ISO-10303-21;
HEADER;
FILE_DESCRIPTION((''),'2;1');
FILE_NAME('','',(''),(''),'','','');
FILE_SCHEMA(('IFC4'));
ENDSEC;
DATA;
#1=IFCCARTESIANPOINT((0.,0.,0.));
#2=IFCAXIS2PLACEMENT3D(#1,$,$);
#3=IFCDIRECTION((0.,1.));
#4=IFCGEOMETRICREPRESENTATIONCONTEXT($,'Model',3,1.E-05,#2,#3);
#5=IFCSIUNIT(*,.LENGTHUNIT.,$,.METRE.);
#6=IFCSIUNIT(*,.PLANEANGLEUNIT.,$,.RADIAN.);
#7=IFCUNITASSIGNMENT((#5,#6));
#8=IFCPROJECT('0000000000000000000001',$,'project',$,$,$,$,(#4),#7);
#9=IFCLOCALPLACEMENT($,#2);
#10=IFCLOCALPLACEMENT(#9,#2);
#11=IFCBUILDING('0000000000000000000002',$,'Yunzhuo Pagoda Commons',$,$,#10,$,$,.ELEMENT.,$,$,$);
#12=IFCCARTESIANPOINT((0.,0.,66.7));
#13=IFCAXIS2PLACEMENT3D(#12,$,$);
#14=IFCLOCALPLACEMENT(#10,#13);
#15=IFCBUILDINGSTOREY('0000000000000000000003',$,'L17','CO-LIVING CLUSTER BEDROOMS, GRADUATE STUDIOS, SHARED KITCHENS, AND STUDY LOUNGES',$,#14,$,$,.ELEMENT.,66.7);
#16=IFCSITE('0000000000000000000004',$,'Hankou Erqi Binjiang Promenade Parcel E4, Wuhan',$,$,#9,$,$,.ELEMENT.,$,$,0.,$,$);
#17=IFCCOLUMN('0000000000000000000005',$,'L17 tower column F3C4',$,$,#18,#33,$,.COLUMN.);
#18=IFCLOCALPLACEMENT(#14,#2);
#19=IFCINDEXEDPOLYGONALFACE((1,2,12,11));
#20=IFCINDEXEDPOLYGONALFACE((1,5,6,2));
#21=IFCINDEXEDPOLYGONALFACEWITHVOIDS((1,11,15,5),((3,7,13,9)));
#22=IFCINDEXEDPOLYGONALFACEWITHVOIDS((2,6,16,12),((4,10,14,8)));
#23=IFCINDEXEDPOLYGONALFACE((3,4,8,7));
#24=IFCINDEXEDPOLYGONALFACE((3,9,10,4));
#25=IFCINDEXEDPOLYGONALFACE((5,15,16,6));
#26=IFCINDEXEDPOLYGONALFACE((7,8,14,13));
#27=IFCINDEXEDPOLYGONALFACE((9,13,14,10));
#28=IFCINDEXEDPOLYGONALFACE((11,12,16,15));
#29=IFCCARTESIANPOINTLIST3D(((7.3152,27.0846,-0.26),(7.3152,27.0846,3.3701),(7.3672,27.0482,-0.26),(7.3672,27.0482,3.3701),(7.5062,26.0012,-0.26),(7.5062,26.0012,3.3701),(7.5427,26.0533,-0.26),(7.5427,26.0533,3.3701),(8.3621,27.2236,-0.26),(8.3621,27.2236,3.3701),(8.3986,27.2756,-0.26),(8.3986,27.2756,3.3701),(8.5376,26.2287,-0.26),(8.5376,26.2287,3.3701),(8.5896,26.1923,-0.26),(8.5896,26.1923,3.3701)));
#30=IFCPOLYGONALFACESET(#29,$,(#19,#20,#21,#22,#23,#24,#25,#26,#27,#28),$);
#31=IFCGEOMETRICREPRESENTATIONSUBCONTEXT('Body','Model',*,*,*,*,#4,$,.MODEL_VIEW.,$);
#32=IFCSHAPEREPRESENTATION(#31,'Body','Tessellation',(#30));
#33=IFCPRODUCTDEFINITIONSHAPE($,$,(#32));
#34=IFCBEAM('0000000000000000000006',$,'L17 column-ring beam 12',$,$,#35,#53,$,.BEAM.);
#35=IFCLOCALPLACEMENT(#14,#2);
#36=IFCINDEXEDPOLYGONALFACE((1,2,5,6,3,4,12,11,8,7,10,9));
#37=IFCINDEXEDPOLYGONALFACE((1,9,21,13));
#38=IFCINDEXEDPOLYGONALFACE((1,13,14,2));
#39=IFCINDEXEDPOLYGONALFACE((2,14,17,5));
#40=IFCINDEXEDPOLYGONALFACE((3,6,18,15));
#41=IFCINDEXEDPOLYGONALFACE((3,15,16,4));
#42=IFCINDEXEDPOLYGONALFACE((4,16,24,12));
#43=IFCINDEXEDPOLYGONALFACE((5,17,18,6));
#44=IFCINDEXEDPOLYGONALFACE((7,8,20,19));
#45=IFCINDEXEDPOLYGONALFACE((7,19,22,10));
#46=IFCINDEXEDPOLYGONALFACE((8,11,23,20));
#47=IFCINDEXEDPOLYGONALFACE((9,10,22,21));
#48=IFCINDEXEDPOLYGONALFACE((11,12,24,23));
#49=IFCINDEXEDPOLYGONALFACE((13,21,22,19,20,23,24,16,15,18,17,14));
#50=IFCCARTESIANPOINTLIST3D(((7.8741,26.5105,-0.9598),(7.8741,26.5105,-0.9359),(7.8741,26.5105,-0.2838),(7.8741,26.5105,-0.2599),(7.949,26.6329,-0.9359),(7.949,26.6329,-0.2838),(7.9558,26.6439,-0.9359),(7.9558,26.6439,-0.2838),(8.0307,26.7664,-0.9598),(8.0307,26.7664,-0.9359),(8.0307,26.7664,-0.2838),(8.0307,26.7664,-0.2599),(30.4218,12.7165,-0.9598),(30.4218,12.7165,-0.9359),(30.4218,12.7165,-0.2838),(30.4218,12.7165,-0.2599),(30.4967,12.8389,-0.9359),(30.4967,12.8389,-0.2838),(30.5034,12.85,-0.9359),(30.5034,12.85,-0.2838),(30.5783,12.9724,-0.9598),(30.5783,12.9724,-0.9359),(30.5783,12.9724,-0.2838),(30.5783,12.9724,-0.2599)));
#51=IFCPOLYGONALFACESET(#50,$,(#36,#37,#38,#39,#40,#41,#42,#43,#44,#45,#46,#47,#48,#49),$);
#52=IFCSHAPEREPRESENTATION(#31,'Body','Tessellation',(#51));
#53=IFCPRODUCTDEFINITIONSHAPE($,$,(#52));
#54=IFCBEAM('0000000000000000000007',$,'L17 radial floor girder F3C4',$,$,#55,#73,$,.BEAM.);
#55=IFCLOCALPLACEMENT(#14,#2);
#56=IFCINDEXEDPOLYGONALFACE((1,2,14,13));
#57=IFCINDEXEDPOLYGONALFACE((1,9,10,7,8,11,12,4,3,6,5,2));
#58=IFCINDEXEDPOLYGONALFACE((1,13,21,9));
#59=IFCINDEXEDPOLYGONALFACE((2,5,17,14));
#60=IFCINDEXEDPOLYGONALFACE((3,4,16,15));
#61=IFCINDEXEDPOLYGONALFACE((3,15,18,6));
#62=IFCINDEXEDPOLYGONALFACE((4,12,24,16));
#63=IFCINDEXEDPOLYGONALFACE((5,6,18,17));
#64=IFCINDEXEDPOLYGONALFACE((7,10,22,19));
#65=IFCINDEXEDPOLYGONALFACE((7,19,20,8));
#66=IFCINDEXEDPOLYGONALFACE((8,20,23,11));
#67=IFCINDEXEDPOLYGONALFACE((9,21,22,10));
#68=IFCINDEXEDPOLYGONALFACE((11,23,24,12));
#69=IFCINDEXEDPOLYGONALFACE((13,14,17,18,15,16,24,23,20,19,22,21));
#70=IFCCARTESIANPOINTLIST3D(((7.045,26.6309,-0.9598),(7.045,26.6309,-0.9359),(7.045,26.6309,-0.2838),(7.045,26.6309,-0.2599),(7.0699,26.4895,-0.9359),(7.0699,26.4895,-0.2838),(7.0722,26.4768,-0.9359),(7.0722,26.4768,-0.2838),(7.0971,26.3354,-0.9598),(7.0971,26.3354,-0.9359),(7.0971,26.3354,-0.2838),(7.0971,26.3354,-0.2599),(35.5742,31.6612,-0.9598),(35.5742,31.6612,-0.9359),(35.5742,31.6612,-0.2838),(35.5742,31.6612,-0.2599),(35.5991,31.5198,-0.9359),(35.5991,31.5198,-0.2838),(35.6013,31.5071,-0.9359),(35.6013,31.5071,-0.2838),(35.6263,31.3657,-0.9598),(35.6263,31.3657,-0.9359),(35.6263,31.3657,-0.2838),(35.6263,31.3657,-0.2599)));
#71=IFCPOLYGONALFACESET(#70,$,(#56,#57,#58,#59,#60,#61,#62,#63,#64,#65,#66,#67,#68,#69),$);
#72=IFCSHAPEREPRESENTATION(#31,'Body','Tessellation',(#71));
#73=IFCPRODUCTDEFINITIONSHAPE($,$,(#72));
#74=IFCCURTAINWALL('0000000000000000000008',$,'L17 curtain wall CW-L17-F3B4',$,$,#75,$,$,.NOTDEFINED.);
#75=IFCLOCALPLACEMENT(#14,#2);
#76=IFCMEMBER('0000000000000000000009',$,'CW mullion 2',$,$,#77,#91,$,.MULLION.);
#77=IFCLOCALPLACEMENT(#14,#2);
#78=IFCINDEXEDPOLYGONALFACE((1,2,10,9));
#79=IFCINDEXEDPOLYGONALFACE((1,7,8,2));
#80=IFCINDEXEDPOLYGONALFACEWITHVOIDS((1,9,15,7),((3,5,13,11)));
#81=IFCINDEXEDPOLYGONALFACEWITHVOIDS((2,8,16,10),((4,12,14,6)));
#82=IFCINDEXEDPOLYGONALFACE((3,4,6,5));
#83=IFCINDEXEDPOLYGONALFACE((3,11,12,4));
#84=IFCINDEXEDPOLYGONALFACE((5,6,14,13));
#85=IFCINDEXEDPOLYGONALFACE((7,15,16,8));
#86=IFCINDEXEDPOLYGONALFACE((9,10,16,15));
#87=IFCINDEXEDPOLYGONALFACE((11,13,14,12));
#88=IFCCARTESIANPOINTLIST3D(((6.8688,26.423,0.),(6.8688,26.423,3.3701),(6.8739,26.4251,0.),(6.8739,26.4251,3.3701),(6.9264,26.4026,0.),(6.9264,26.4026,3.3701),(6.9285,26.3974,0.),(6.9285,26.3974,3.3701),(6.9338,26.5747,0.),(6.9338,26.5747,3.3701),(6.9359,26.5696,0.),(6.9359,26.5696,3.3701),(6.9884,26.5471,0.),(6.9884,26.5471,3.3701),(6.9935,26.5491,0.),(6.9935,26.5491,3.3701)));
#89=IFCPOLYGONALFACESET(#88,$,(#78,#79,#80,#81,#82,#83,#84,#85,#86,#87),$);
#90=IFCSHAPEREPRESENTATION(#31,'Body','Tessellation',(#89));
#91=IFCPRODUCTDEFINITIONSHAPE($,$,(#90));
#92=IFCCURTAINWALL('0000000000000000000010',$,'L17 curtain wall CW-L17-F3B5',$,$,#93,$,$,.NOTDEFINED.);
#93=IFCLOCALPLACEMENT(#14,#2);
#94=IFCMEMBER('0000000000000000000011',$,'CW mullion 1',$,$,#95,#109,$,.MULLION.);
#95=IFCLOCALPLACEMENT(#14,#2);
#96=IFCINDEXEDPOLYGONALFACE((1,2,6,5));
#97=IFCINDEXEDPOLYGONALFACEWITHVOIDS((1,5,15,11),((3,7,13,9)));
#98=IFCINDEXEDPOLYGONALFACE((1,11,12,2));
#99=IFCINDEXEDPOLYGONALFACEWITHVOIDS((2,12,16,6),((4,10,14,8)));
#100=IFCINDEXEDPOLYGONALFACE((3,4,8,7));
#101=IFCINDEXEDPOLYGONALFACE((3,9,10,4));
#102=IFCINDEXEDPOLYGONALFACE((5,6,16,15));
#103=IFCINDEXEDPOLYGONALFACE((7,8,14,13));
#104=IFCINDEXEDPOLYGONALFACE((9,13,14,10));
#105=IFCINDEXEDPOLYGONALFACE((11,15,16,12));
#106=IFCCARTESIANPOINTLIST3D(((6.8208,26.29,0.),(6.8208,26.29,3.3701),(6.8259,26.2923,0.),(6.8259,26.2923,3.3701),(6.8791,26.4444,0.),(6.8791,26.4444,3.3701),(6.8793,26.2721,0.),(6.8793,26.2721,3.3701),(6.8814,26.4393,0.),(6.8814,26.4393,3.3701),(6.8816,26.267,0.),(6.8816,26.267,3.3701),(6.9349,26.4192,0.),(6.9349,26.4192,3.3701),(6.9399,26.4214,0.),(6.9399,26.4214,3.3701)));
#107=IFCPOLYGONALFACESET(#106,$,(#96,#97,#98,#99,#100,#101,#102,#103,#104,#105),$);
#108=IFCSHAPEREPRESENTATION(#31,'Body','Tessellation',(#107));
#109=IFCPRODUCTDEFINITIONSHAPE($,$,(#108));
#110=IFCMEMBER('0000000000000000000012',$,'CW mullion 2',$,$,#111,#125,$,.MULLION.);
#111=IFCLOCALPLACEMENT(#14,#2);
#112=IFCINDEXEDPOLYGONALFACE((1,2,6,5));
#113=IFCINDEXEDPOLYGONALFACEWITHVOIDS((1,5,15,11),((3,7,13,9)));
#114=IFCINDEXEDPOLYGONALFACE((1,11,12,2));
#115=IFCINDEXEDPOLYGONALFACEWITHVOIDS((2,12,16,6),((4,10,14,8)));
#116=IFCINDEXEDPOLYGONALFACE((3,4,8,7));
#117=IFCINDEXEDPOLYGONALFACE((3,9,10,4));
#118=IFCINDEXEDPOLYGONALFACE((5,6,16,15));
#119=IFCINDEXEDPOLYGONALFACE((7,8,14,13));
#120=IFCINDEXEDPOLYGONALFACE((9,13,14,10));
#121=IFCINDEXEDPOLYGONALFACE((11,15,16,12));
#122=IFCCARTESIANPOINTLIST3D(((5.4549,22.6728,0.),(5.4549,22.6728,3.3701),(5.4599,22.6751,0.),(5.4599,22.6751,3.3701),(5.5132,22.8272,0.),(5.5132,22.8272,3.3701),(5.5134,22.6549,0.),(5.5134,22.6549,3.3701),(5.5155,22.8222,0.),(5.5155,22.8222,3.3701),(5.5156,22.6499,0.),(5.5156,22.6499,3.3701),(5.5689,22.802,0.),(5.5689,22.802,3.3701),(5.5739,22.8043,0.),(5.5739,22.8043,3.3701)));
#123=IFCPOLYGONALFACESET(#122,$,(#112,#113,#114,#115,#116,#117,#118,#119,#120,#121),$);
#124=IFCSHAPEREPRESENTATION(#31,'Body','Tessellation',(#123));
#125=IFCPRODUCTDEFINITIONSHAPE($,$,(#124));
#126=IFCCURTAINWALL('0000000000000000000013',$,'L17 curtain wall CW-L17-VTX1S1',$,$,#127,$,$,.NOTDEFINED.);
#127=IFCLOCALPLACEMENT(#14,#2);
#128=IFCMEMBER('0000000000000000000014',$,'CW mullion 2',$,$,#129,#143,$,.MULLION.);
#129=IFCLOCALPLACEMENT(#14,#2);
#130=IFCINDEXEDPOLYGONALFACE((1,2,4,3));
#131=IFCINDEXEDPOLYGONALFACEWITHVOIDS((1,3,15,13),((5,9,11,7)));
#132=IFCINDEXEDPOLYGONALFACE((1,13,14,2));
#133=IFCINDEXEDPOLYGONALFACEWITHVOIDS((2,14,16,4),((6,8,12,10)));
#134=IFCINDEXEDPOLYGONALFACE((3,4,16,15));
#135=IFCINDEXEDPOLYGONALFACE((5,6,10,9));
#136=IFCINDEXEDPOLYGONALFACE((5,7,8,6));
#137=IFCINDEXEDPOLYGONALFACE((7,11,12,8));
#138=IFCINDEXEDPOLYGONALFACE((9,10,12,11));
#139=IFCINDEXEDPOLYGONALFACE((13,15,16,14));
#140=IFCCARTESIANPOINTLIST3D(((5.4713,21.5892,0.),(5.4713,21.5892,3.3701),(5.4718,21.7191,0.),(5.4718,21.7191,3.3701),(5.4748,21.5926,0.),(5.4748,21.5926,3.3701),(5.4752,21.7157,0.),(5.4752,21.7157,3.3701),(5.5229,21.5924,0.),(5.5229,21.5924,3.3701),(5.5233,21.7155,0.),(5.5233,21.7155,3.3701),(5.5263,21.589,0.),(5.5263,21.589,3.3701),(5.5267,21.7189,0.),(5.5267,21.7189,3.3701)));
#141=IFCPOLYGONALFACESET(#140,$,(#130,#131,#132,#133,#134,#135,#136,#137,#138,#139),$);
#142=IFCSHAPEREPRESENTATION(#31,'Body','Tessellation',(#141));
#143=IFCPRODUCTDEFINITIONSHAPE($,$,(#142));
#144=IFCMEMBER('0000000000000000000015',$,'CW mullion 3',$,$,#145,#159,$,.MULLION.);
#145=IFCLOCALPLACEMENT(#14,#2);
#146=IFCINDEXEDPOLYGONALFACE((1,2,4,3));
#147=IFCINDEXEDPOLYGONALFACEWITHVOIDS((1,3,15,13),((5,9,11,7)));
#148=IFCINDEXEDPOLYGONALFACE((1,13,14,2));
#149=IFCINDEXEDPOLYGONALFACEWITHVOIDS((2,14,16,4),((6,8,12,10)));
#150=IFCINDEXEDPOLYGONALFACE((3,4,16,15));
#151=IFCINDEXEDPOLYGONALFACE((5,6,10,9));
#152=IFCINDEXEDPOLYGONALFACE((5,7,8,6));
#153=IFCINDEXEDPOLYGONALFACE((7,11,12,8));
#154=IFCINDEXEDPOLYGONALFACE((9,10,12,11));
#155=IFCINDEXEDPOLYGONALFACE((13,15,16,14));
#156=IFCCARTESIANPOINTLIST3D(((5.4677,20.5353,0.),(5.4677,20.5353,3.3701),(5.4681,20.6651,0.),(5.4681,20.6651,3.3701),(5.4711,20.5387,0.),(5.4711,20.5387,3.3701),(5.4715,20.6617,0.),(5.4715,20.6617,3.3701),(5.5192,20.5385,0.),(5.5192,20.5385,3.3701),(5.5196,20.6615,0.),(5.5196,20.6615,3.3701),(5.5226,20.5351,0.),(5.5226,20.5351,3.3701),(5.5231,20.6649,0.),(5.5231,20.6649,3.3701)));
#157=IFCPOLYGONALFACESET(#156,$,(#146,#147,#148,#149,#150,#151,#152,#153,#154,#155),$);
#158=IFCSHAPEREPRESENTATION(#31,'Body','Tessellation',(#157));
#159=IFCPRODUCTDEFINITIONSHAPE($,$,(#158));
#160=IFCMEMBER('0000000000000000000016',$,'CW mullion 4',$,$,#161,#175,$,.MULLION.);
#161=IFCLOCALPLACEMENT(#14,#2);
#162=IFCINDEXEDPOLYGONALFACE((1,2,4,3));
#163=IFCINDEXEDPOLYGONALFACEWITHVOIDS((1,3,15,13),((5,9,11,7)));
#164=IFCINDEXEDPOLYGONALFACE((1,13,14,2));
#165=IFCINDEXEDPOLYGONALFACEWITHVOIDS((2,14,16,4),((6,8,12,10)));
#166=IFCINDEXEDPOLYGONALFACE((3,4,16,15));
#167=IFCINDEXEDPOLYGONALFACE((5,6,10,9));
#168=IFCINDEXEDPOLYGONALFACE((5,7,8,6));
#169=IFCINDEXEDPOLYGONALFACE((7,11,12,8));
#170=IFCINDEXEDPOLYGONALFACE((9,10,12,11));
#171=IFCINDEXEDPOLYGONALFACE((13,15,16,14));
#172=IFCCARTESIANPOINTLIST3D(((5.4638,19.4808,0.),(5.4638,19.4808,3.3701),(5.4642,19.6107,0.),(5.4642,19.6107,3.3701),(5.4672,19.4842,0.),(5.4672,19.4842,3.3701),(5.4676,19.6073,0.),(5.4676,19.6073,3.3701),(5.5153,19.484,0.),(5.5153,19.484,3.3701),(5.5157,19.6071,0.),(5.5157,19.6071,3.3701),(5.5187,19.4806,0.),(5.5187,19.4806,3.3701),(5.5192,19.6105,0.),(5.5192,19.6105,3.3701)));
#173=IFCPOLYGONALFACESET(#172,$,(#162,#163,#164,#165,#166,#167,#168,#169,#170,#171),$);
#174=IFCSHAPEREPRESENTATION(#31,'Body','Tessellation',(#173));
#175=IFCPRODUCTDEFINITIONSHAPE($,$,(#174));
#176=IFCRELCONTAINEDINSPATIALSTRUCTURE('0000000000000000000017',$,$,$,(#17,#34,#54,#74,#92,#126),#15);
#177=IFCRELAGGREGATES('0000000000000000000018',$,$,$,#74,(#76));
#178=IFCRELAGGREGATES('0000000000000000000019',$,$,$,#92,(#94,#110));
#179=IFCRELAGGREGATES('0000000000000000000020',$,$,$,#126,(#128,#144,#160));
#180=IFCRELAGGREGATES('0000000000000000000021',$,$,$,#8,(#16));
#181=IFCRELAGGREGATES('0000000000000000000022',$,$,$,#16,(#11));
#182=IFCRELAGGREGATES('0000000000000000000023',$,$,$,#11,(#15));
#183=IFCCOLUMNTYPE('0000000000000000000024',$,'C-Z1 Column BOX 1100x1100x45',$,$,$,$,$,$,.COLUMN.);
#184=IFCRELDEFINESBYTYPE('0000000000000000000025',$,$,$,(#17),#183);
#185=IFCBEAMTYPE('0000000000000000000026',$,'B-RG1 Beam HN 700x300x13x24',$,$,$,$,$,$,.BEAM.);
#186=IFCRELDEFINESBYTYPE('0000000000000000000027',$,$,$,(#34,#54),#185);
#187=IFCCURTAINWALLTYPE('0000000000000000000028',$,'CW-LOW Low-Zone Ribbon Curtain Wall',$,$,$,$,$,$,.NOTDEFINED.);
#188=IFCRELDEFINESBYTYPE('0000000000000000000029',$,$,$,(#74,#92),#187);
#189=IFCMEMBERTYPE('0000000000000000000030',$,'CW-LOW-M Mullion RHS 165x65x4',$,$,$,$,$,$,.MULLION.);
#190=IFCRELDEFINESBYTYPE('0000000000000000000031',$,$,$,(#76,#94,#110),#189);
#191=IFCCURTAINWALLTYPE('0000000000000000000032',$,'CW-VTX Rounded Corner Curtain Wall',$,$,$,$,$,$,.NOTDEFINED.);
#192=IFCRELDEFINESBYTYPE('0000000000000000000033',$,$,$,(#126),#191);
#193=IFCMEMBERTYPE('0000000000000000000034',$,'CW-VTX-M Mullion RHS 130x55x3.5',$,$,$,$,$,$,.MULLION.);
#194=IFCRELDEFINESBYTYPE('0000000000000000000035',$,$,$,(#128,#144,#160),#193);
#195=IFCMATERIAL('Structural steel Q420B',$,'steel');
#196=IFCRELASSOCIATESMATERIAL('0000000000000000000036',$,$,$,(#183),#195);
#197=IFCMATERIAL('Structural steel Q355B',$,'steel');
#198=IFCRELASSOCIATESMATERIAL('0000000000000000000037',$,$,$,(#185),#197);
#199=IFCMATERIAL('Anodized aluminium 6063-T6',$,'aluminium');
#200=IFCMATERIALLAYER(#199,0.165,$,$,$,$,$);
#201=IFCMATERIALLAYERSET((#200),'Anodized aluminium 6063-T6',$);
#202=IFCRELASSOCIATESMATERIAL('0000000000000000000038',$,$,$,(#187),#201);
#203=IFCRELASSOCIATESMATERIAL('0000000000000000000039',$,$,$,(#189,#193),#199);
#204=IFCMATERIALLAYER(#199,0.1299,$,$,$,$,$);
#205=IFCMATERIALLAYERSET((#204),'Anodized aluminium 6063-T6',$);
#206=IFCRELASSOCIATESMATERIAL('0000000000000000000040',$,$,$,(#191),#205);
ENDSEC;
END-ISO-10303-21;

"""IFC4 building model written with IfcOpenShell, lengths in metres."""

from ifc_helpers import new_model, si_unit, direction, frame, origin, origin_2d, place, context, subcontext, project, spatial, hollow_rectangle, i_section, extrude, source, transform, mapped, material, layer, layer_set, material_profile, profile_set, type_object, element, aggregate, save


model = new_model("IFC4")

# Units and contexts
model_context = context("Model", 3, precision=1e-05, world=origin(), true_north=direction((0.0, 1.0)))
body_context = subcontext(model_context, "Body", "Model", "MODEL_VIEW")
ifc_project = project(units=[si_unit("LENGTHUNIT", "METRE"), si_unit("PLANEANGLEUNIT", "RADIAN")], contexts=[model_context])

# Site, building, storey
site_placement = place(None, origin())
site = spatial("IfcSite", under=ifc_project, at=site_placement, Name="Hankou Erqi Binjiang Promenade Parcel E4, Wuhan", CompositionType="ELEMENT", RefElevation=0.0)
building_placement = place(site_placement, origin())
building = spatial("IfcBuilding", under=site, at=building_placement, Name="Yunzhuo Pagoda Commons", CompositionType="ELEMENT")
storey_placement = place(building_placement, frame((0.0, 0.0, 66.7)))
storey = spatial("IfcBuildingStorey", under=building, at=storey_placement, Name="L17", Description="CO-LIVING CLUSTER BEDROOMS, GRADUATE STUDIOS, SHARED KITCHENS, AND STUDY LOUNGES", CompositionType="ELEMENT", Elevation=66.7)

# Column
ifc_material_1 = material(Name="Structural steel Q420B", Category="steel")
ifc_material_profile_1 = material_profile(ifc_material_1, hollow_rectangle(XDim=1.1001, YDim=1.1001, WallThickness=0.0449, at=origin_2d()), Name="Structural steel Q420B")
ifc_profile_set_1 = profile_set([ifc_material_profile_1], Name="Structural steel Q420B")
column_type = type_object("IfcColumnType", Name="C-Z1 Column BOX 1100x1100x45", PredefinedType="COLUMN", material=ifc_profile_set_1)
shared_shape_1 = source(origin(), body_context, "Body", "SweptSolid", [
    extrude(hollow_rectangle(XDim=1.1001, YDim=1.1001, WallThickness=0.0449, at=origin_2d()), origin(), (0.0, 0.0, 1.0), 3.6301),
])
column_placement = place(storey_placement, frame((7.9524, 26.6384, -0.26), z_axis=(0.0, 0.0, 1.0), x_axis=(0.173648, -0.984808, 0.0)))
element("IfcColumn", 1, at=column_placement, inside=storey, type_object=column_type, Name="L17 tower column F3C4", PredefinedType="COLUMN", context=body_context, shape_type="MappedRepresentation", body=[
    mapped(shared_shape_1, transform((0.0, 0.0, 0.0), scale=1.0)),
])

# Beams
ifc_material_2 = material(Name="Structural steel Q355B", Category="steel")
ifc_material_profile_2 = material_profile(ifc_material_2, i_section(OverallWidth=0.3, OverallDepth=0.7, WebThickness=0.0129, FlangeThickness=0.0239, at=origin_2d()), Name="Structural steel Q355B")
ifc_profile_set_2 = profile_set([ifc_material_profile_2], Name="Structural steel Q355B")
beam_type = type_object("IfcBeamType", Name="B-RG1 Beam HN 700x300x13x24", PredefinedType="BEAM", material=ifc_profile_set_2)
shared_shape_2 = source(origin(), body_context, "Body", "SweptSolid", [
    extrude(i_section(OverallWidth=0.3, OverallDepth=0.7, WebThickness=0.0129, FlangeThickness=0.0239, at=origin_2d()), origin(), (0.0, 0.0, 1.0), 26.4324),
])
beam_1_placement = place(storey_placement, frame((7.9524, 26.6384, -0.6099), z_axis=(0.853032, -0.521859, 0.0), x_axis=(0.521859, 0.853032, 0.0)))
element("IfcBeam", 2, at=beam_1_placement, inside=storey, type_object=beam_type, Name="L17 column-ring beam 12", PredefinedType="BEAM", context=body_context, shape_type="MappedRepresentation", body=[
    mapped(shared_shape_2, transform((0.0, 0.0, 0.0), scale=1.0)),
])
shared_shape_3 = source(origin(), body_context, "Body", "SweptSolid", [
    extrude(i_section(OverallWidth=0.3, OverallDepth=0.7, WebThickness=0.0129, FlangeThickness=0.0239, at=origin_2d()), origin(), (0.0, 0.0, 1.0), 28.9692),
])
beam_2_placement = place(storey_placement, frame((7.071, 26.4832, -0.6099), z_axis=(0.984809, 0.173643, 0.0), x_axis=(-0.173643, 0.984809, 0.0)))
element("IfcBeam", 3, at=beam_2_placement, inside=storey, type_object=beam_type, Name="L17 radial floor girder F3C4", PredefinedType="BEAM", context=body_context, shape_type="MappedRepresentation", body=[
    mapped(shared_shape_3, transform((0.0, 0.0, 0.0), scale=1.0)),
])

# Curtain wall, member
ifc_material_3 = material(Name="Anodized aluminium 6063-T6", Category="aluminium")
ifc_layer_1 = layer(ifc_material_3, 0.165)
ifc_layer_set_1 = layer_set([ifc_layer_1], Name="Anodized aluminium 6063-T6")
curtain_wall_type_1 = type_object("IfcCurtainWallType", Name="CW-LOW Low-Zone Ribbon Curtain Wall", PredefinedType="NOTDEFINED", material=ifc_layer_set_1)
curtain_wall_1_placement = place(storey_placement, origin())
curtain_wall_1 = element("IfcCurtainWall", 4, at=curtain_wall_1_placement, inside=storey, type_object=curtain_wall_type_1, Name="L17 curtain wall CW-L17-F3B4", PredefinedType="NOTDEFINED")
ifc_material_profile_3 = material_profile(ifc_material_3, hollow_rectangle(XDim=0.0649, YDim=0.165, WallThickness=0.0039, at=origin_2d()), Name="Anodized aluminium 6063-T6")
ifc_profile_set_3 = profile_set([ifc_material_profile_3], Name="Anodized aluminium 6063-T6")
member_type_1 = type_object("IfcMemberType", Name="CW-LOW-M Mullion RHS 165x65x4", PredefinedType="MULLION", material=ifc_profile_set_3)
shared_shape_4 = source(origin(), body_context, "Body", "SweptSolid", [
    extrude(hollow_rectangle(XDim=0.0649, YDim=0.165, WallThickness=0.0039, at=origin_2d()), origin(), (0.0, 0.0, 1.0), 3.3701),
])
member_1_placement = place(storey_placement, frame((6.9312, 26.4861, 0.0), z_axis=(0.0, 0.0, 1.0), x_axis=(0.919121, -0.393975, 0.0)))
member_1 = element("IfcMember", 5, at=member_1_placement, type_object=member_type_1, Name="CW mullion 2", PredefinedType="MULLION", context=body_context, shape_type="MappedRepresentation", body=[
    mapped(shared_shape_4, transform((0.0, 0.0, 0.0), scale=1.0)),
])
aggregate(curtain_wall_1, [member_1])

# Curtain walls, members
curtain_wall_2_placement = place(storey_placement, origin())
curtain_wall_2 = element("IfcCurtainWall", 6, at=curtain_wall_2_placement, inside=storey, type_object=curtain_wall_type_1, Name="L17 curtain wall CW-L17-F3B5", PredefinedType="NOTDEFINED")
member_2_placement = place(storey_placement, frame((6.8804, 26.3557, 0.0), z_axis=(0.0, 0.0, 1.0), x_axis=(0.935513, -0.353291, 0.0)))
member_2 = element("IfcMember", 7, at=member_2_placement, type_object=member_type_1, Name="CW mullion 1", PredefinedType="MULLION", context=body_context, shape_type="MappedRepresentation", body=[
    mapped(shared_shape_4, transform((0.0, 0.0, 0.0), scale=1.0)),
])
member_3_placement = place(storey_placement, frame((5.5144, 22.7385, 0.0), z_axis=(0.0, 0.0, 1.0), x_axis=(0.935513, -0.353291, 0.0)))
member_3 = element("IfcMember", 8, at=member_3_placement, type_object=member_type_1, Name="CW mullion 2", PredefinedType="MULLION", context=body_context, shape_type="MappedRepresentation", body=[
    mapped(shared_shape_4, transform((0.0, 0.0, 0.0), scale=1.0)),
])
ifc_layer_2 = layer(ifc_material_3, 0.1299)
ifc_layer_set_2 = layer_set([ifc_layer_2], Name="Anodized aluminium 6063-T6")
curtain_wall_type_2 = type_object("IfcCurtainWallType", Name="CW-VTX Rounded Corner Curtain Wall", PredefinedType="NOTDEFINED", material=ifc_layer_set_2)
curtain_wall_3_placement = place(storey_placement, origin())
curtain_wall_3 = element("IfcCurtainWall", 9, at=curtain_wall_3_placement, inside=storey, type_object=curtain_wall_type_2, Name="L17 curtain wall CW-L17-VTX1S1", PredefinedType="NOTDEFINED")
ifc_material_profile_4 = material_profile(ifc_material_3, hollow_rectangle(XDim=0.0549, YDim=0.1299, WallThickness=0.0034, at=origin_2d()), Name="Anodized aluminium 6063-T6")
ifc_profile_set_4 = profile_set([ifc_material_profile_4], Name="Anodized aluminium 6063-T6")
member_type_2 = type_object("IfcMemberType", Name="CW-VTX-M Mullion RHS 130x55x3.5", PredefinedType="MULLION", material=ifc_profile_set_4)
shared_shape_5 = source(origin(), body_context, "Body", "SweptSolid", [
    extrude(hollow_rectangle(XDim=0.0549, YDim=0.1299, WallThickness=0.0034, at=origin_2d()), origin(), (0.0, 0.0, 1.0), 3.3701),
])
member_4_placement = place(storey_placement, frame((5.499, 21.6541, 0.0), z_axis=(0.0, 0.0, 1.0), x_axis=(0.999994, -0.003586, 0.0)))
member_4 = element("IfcMember", 10, at=member_4_placement, type_object=member_type_2, Name="CW mullion 2", PredefinedType="MULLION", context=body_context, shape_type="MappedRepresentation", body=[
    mapped(shared_shape_5, transform((0.0, 0.0, 0.0), scale=1.0)),
])
member_5_placement = place(storey_placement, frame((5.4954, 20.6001, 0.0), z_axis=(0.0, 0.0, 1.0), x_axis=(0.999994, -0.003586, 0.0)))
member_5 = element("IfcMember", 11, at=member_5_placement, type_object=member_type_2, Name="CW mullion 3", PredefinedType="MULLION", context=body_context, shape_type="MappedRepresentation", body=[
    mapped(shared_shape_5, transform((0.0, 0.0, 0.0), scale=1.0)),
])
member_6_placement = place(storey_placement, frame((5.4915, 19.5457, 0.0), z_axis=(0.0, 0.0, 1.0), x_axis=(0.999994, -0.003586, 0.0)))
member_6 = element("IfcMember", 12, at=member_6_placement, type_object=member_type_2, Name="CW mullion 4", PredefinedType="MULLION", context=body_context, shape_type="MappedRepresentation", body=[
    mapped(shared_shape_5, transform((0.0, 0.0, 0.0), scale=1.0)),
])

aggregate(curtain_wall_2, [member_2, member_3])
aggregate(curtain_wall_3, [member_4, member_5, member_6])

save(model, "model.ifc")
